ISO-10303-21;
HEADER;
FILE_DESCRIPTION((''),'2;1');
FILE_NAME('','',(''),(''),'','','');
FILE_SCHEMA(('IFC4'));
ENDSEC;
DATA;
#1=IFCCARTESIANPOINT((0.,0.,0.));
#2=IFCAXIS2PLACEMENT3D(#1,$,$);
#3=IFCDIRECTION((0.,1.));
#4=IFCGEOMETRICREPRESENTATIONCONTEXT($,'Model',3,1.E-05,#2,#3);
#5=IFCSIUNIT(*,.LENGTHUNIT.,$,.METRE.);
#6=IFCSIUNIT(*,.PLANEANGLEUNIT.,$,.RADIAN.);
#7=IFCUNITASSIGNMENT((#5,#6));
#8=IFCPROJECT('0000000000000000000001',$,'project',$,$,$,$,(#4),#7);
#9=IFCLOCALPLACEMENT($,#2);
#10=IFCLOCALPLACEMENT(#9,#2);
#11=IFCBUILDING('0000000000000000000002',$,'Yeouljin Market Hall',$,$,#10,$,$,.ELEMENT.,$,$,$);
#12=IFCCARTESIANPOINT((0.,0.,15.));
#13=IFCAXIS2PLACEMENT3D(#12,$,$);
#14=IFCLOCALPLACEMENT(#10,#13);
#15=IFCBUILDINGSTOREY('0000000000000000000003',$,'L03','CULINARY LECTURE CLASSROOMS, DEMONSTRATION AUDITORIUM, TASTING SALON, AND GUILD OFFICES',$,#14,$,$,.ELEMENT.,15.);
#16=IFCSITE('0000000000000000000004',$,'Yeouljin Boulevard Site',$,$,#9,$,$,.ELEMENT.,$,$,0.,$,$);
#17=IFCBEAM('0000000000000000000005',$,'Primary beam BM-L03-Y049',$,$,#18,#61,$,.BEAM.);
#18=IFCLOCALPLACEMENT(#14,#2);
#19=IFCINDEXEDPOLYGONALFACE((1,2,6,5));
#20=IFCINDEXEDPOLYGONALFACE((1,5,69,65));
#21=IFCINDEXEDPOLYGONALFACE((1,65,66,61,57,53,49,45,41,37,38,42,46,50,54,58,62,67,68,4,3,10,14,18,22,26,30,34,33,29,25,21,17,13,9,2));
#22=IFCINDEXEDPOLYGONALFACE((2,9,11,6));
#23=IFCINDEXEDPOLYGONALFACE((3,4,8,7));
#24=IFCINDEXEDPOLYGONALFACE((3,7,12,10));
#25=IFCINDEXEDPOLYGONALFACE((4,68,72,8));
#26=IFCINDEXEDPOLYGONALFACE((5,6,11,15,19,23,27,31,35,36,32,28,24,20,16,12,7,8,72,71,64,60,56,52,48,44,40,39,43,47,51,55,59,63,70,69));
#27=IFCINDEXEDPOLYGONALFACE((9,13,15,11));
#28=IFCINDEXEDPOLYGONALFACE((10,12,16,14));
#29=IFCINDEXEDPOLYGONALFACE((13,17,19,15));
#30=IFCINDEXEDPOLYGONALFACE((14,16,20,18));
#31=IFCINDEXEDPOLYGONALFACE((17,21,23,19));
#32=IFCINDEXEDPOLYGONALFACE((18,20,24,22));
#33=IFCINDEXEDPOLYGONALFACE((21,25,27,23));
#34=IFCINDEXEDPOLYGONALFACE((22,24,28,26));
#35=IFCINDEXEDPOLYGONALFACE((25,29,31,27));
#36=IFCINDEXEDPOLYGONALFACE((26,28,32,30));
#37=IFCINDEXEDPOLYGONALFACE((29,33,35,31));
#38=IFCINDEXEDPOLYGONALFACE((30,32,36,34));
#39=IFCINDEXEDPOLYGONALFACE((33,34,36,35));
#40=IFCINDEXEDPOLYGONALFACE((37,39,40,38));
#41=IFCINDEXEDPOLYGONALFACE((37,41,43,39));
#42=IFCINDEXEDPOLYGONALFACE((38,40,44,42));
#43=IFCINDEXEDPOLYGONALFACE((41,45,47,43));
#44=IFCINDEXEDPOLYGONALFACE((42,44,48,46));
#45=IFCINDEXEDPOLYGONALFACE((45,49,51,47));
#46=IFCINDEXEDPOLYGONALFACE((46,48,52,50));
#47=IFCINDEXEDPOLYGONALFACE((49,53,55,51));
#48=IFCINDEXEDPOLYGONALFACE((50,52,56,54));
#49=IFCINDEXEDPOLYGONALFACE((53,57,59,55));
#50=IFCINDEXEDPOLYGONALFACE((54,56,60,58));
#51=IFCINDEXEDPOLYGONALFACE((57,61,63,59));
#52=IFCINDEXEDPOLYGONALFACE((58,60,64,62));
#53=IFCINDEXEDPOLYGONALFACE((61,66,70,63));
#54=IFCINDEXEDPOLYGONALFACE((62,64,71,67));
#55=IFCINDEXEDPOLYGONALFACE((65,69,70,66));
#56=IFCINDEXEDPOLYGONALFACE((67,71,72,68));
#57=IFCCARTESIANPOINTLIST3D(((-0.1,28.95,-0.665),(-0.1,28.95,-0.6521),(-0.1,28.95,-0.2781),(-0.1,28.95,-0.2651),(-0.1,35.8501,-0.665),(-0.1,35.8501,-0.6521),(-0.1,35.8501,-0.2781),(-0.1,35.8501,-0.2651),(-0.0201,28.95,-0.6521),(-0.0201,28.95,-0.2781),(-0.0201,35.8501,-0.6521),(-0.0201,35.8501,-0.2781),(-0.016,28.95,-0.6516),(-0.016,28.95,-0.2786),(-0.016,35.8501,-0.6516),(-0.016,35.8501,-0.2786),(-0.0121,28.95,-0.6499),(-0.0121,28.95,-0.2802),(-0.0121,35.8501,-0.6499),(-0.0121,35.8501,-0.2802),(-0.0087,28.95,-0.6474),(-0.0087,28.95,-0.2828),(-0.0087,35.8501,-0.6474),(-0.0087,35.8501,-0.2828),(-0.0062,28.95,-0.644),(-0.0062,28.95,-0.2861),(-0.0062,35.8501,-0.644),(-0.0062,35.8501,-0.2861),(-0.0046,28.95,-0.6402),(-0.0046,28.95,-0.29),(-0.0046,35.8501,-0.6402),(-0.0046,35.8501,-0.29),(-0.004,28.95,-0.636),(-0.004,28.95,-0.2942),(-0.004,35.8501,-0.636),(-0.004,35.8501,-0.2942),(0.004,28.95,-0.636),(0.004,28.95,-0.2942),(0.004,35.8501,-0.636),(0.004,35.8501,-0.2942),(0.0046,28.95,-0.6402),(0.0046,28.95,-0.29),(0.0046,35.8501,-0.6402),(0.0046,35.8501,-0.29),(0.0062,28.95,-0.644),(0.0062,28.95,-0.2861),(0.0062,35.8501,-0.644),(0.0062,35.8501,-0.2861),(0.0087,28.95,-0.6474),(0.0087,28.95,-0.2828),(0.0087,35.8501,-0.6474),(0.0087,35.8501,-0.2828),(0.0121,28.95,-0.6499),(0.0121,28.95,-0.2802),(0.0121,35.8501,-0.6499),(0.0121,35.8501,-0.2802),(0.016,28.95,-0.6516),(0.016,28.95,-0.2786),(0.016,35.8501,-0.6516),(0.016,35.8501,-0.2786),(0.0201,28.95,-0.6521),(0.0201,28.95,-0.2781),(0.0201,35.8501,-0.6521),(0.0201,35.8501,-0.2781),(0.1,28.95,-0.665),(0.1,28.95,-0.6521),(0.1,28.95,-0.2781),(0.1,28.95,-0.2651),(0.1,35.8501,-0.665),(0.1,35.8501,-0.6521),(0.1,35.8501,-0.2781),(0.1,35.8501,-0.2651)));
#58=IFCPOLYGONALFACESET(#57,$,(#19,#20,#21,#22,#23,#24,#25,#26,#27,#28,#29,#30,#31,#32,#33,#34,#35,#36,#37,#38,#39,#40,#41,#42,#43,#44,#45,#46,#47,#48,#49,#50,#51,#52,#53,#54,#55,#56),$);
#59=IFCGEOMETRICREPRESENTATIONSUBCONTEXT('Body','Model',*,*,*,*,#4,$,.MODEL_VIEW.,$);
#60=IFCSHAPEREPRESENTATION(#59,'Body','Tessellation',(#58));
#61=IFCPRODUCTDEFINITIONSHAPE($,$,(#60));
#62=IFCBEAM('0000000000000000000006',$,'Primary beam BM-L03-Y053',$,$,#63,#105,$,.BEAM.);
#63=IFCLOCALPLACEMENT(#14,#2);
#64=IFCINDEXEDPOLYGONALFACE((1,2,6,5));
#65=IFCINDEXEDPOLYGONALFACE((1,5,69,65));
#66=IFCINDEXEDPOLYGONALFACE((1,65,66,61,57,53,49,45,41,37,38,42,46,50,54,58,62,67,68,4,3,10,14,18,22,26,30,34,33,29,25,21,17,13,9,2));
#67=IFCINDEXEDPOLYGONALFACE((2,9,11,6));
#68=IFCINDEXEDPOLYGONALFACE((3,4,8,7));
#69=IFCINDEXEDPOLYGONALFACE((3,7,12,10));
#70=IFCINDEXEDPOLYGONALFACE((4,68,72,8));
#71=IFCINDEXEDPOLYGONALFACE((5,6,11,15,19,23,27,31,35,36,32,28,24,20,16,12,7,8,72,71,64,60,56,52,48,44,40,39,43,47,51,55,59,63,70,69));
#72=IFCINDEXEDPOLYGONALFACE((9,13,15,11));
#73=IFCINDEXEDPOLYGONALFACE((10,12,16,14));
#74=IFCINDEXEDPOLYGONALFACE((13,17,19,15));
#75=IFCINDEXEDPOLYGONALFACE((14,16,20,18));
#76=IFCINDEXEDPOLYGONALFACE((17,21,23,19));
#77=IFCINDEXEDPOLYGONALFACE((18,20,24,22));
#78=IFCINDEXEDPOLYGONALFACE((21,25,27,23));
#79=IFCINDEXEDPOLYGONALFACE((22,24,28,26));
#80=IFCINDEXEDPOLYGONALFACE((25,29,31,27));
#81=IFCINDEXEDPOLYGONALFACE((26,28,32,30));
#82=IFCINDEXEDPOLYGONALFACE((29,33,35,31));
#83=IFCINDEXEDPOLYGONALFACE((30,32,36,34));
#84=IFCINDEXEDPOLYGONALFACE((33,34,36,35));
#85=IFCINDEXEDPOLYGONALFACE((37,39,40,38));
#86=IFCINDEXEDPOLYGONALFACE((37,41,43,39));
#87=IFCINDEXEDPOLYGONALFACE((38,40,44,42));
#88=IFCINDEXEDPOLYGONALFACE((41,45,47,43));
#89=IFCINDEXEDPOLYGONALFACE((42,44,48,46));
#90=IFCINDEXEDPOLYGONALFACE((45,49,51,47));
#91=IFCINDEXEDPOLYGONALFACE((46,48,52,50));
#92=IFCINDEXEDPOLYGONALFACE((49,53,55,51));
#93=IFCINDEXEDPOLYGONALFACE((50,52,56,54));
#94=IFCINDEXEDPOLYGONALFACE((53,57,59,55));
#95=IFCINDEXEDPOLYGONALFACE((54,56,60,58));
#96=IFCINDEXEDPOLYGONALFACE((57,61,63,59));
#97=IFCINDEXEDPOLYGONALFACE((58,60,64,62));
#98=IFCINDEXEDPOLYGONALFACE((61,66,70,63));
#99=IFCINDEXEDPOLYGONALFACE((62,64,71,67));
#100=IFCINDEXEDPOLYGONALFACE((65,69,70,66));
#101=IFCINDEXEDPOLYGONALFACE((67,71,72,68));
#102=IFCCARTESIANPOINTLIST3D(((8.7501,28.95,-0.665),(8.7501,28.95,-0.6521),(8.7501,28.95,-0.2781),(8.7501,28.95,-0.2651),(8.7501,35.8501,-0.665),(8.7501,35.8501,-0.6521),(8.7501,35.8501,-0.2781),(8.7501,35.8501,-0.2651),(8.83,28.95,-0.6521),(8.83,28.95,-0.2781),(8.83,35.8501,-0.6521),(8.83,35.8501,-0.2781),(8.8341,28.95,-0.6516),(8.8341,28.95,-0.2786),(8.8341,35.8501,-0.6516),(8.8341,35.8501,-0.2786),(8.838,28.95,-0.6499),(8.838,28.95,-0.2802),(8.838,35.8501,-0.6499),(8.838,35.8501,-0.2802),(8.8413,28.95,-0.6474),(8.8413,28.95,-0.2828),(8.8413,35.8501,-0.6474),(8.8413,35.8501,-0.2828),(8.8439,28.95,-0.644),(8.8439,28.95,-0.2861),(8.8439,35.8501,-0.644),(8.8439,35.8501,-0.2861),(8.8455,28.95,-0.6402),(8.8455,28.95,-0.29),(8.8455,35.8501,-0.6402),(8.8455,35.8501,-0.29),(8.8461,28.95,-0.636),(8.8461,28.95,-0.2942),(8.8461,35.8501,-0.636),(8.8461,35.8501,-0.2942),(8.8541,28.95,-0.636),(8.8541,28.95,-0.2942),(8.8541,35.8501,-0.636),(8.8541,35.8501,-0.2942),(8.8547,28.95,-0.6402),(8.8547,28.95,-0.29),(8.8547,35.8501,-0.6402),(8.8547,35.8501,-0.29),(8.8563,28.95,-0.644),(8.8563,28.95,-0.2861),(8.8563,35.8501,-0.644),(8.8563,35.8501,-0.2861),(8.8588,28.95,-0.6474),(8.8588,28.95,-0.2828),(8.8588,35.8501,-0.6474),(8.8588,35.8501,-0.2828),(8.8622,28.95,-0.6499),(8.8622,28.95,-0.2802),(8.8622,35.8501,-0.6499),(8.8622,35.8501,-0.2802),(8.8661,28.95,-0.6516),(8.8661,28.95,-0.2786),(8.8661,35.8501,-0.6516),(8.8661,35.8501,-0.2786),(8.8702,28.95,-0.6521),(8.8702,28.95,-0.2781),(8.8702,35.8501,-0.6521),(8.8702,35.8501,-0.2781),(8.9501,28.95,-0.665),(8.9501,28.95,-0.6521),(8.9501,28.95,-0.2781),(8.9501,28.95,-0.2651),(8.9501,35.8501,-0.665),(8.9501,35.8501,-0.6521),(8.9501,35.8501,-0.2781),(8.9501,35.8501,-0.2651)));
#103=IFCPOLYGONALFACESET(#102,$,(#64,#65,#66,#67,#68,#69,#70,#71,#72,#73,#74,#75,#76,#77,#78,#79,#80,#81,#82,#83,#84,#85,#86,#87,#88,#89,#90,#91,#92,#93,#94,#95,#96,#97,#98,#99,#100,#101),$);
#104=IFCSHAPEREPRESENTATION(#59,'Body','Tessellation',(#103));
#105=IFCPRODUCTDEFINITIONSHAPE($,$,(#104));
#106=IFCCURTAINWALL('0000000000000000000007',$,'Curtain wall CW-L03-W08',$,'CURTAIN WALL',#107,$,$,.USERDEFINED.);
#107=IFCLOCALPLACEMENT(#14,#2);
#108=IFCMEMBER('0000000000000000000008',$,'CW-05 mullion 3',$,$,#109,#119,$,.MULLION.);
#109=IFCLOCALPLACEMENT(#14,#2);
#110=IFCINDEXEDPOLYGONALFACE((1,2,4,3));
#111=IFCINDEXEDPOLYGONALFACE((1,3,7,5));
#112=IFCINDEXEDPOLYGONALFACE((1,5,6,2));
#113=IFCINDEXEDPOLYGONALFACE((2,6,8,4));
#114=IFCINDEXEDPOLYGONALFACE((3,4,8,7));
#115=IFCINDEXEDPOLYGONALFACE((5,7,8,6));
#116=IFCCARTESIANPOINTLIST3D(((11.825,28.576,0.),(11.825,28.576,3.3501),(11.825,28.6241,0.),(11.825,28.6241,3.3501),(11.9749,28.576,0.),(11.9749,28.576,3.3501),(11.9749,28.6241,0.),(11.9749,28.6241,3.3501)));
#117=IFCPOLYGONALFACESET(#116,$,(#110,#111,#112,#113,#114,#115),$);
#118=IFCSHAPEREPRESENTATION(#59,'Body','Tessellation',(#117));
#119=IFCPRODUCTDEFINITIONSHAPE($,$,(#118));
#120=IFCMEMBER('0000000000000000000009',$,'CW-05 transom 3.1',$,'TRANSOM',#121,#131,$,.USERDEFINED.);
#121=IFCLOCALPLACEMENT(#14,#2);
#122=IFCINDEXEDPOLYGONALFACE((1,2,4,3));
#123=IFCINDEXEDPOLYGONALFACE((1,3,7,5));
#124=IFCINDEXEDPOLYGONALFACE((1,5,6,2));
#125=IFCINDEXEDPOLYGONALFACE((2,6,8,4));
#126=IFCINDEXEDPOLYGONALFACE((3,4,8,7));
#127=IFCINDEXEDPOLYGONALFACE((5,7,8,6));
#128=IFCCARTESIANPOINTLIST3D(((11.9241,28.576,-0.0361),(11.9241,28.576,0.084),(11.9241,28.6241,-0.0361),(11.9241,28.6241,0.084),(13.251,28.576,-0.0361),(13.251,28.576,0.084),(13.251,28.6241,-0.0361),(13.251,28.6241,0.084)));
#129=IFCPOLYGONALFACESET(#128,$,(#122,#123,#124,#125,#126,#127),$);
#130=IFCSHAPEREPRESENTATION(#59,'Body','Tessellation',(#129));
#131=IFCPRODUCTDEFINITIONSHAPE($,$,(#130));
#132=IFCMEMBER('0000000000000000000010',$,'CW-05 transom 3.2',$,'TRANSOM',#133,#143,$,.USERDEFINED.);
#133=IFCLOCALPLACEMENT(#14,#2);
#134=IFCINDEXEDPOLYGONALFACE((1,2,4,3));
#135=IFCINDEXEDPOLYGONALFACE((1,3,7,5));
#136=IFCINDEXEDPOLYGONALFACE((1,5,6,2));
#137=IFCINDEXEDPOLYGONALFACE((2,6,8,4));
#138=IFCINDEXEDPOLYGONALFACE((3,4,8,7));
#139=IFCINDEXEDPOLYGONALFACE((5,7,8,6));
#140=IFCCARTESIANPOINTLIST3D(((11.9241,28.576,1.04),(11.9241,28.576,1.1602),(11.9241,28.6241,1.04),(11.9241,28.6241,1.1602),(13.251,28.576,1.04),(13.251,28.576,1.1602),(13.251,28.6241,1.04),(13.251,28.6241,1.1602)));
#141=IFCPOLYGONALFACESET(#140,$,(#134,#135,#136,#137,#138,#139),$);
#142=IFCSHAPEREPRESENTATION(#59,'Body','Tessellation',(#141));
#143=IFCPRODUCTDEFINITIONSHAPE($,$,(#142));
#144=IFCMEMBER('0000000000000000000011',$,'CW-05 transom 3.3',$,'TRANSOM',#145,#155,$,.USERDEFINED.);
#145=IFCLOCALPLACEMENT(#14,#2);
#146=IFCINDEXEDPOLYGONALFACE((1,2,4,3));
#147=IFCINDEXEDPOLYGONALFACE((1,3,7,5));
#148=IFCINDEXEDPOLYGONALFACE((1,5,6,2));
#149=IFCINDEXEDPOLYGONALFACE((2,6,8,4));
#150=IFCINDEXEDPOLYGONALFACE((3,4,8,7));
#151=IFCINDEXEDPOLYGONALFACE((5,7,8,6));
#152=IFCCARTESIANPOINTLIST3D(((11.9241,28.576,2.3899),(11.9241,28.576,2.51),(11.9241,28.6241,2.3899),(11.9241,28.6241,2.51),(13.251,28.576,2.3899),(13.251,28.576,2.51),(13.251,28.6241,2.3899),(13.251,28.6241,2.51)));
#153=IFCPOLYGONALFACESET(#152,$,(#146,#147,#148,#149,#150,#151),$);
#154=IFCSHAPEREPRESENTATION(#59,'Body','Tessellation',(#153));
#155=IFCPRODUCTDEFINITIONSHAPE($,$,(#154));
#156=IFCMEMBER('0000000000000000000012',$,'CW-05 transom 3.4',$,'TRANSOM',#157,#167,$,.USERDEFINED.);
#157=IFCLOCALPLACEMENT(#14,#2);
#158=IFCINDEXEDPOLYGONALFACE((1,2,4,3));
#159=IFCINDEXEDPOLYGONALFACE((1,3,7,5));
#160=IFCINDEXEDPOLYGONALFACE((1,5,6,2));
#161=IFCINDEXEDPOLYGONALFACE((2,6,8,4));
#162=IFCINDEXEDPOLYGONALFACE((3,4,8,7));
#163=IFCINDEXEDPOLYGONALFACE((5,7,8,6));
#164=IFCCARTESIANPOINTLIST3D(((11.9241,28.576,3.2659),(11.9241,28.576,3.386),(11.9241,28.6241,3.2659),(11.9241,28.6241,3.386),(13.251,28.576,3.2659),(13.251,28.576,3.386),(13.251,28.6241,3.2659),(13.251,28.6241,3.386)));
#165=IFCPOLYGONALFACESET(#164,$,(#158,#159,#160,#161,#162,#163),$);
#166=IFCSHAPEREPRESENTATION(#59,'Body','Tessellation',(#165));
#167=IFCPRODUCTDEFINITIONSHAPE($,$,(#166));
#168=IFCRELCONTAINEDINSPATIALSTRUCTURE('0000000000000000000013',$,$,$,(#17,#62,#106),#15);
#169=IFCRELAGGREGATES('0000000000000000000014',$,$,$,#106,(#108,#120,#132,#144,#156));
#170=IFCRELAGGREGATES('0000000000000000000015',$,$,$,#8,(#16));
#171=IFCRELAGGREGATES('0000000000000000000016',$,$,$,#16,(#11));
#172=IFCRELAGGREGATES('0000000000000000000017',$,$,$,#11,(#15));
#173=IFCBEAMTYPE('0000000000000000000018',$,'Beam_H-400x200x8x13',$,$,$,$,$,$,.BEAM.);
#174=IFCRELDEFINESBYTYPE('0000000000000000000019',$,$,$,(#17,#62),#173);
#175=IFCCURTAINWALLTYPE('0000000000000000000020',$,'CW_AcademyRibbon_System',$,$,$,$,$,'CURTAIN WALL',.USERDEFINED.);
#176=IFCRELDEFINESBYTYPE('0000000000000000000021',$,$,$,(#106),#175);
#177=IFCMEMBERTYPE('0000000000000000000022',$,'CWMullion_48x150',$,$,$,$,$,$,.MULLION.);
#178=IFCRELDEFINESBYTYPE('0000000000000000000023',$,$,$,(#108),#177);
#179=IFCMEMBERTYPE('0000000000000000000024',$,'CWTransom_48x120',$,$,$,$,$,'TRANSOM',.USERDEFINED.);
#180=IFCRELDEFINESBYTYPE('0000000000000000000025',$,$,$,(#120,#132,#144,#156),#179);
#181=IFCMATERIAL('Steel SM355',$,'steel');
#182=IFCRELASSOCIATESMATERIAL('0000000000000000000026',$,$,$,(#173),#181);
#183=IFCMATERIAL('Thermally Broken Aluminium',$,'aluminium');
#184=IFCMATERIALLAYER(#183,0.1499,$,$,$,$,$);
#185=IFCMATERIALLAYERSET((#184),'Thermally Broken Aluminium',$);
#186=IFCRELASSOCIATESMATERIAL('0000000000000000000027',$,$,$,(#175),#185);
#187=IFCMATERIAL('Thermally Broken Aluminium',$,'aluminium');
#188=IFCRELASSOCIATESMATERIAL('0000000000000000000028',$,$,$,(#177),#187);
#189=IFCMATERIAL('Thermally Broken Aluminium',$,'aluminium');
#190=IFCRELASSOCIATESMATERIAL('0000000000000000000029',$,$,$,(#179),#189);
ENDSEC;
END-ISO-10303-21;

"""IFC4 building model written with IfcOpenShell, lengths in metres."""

from ifc_helpers import new_model, si_unit, direction, frame, origin, origin_2d, place, context, subcontext, project, spatial, rectangle, i_section, extrude, material, layer, layer_set, material_profile, profile_set, type_object, element, aggregate, save


model = new_model("IFC4")

# Units and contexts
model_context = context("Model", 3, precision=1e-05, world=origin(), true_north=direction((0.0, 1.0)))
body_context = subcontext(model_context, "Body", "Model", "MODEL_VIEW")
ifc_project = project(units=[si_unit("LENGTHUNIT", "METRE"), si_unit("PLANEANGLEUNIT", "RADIAN")], contexts=[model_context])

# Site, building, storey
site_placement = place(None, origin())
site = spatial("IfcSite", under=ifc_project, at=site_placement, Name="Yeouljin Boulevard Site", CompositionType="ELEMENT", RefElevation=0.0)
building_placement = place(site_placement, origin())
building = spatial("IfcBuilding", under=site, at=building_placement, Name="Yeouljin Market Hall", CompositionType="ELEMENT")
storey_placement = place(building_placement, frame((0.0, 0.0, 15.0)))
storey = spatial("IfcBuildingStorey", under=building, at=storey_placement, Name="L03", Description="CULINARY LECTURE CLASSROOMS, DEMONSTRATION AUDITORIUM, TASTING SALON, AND GUILD OFFICES", CompositionType="ELEMENT", Elevation=15.0)

# Beams
ifc_material_1 = material(Name="Steel SM355", Category="steel")
ifc_material_profile_1 = material_profile(ifc_material_1, i_section(OverallWidth=0.2, OverallDepth=0.3999, WebThickness=0.0081, FlangeThickness=0.0129, FilletRadius=0.0161, at=origin_2d()), Name="H-400x200x8x13")
ifc_profile_set_1 = profile_set([ifc_material_profile_1], Name="Steel SM355")
beam_type_1 = type_object("IfcBeamType", Name="Beam_H-400x200x8x13", PredefinedType="BEAM", material=ifc_profile_set_1)
for number, where, z_axis, x_axis, name in (
    (1, (0.0, 28.95, -0.4651), (0.0, 1.0, 0.0), (-1.0, 0.0, 0.0), "Primary beam BM-L03-Y049"),
    (2, (8.8501, 28.95, -0.4651), (0.0, 1.0, 0.0), (-1.0, 0.0, 0.0), "Primary beam BM-L03-Y053"),
):
    element("IfcBeam", number, at=place(storey_placement, frame(where, z_axis=z_axis, x_axis=x_axis)), inside=storey, type_object=beam_type_1, Name=name, PredefinedType="BEAM", context=body_context, shape_type="SweptSolid", body=[
        extrude(i_section(OverallWidth=0.2, OverallDepth=0.3999, WebThickness=0.0081, FlangeThickness=0.0129, FilletRadius=0.0161, at=origin_2d()), origin(), (0.0, 0.0, 1.0), 6.9001),
    ])

# Curtain wall, members
ifc_material_2 = material(Name="Thermally Broken Aluminium", Category="aluminium")
ifc_layer_1 = layer(ifc_material_2, 0.1499)
ifc_layer_set_1 = layer_set([ifc_layer_1], Name="Thermally Broken Aluminium")
curtain_wall_type = type_object("IfcCurtainWallType", Name="CW_AcademyRibbon_System", ElementType="CURTAIN WALL", PredefinedType="USERDEFINED", material=ifc_layer_set_1)
curtain_wall_placement = place(storey_placement, origin())
curtain_wall = element("IfcCurtainWall", 3, at=curtain_wall_placement, inside=storey, type_object=curtain_wall_type, Name="Curtain wall CW-L03-W08", ObjectType="CURTAIN WALL", PredefinedType="USERDEFINED")
ifc_material_3 = material(Name="Thermally Broken Aluminium", Category="aluminium")
ifc_material_profile_2 = material_profile(ifc_material_3, rectangle(XDim=0.0481, YDim=0.1499, at=origin_2d()), Name="CW-MULL-48x150")
ifc_profile_set_2 = profile_set([ifc_material_profile_2], Name="Thermally Broken Aluminium")
member_type_1 = type_object("IfcMemberType", Name="CWMullion_48x150", PredefinedType="MULLION", material=ifc_profile_set_2)
member_1_placement = place(storey_placement, frame((11.8999, 28.6001, 0.0), z_axis=(0.0, 0.0, 1.0), x_axis=(0.0, 1.0, 0.0)))
member_1 = element("IfcMember", 4, at=member_1_placement, type_object=member_type_1, Name="CW-05 mullion 3", PredefinedType="MULLION", context=body_context, shape_type="SweptSolid", body=[
    extrude(rectangle(XDim=0.0481, YDim=0.1499, at=origin_2d()), origin(), (0.0, 0.0, 1.0), 3.3501),
])
ifc_material_4 = material(Name="Thermally Broken Aluminium", Category="aluminium")
ifc_material_profile_3 = material_profile(ifc_material_4, rectangle(XDim=0.0481, YDim=0.1201, at=origin_2d()), Name="CW-TRAN-48x120")
ifc_profile_set_3 = profile_set([ifc_material_profile_3], Name="Thermally Broken Aluminium")
member_type_2 = type_object("IfcMemberType", Name="CWTransom_48x120", ElementType="TRANSOM", PredefinedType="USERDEFINED", material=ifc_profile_set_3)
member_2_placement = place(storey_placement, frame((11.9241, 28.6001, 0.0239), z_axis=(1.0, 0.0, 0.0), x_axis=(0.0, 1.0, 0.0)))
member_2 = element("IfcMember", 5, at=member_2_placement, type_object=member_type_2, Name="CW-05 transom 3.1", ObjectType="TRANSOM", PredefinedType="USERDEFINED", context=body_context, shape_type="SweptSolid", body=[
    extrude(rectangle(XDim=0.0481, YDim=0.1201, at=origin_2d()), origin(), (0.0, 0.0, 1.0), 1.3269),
])
member_3_placement = place(storey_placement, frame((11.9241, 28.6001, 1.1001), z_axis=(1.0, 0.0, 0.0), x_axis=(0.0, 1.0, 0.0)))
member_3 = element("IfcMember", 6, at=member_3_placement, type_object=member_type_2, Name="CW-05 transom 3.2", ObjectType="TRANSOM", PredefinedType="USERDEFINED", context=body_context, shape_type="SweptSolid", body=[
    extrude(rectangle(XDim=0.0481, YDim=0.1201, at=origin_2d()), origin(), (0.0, 0.0, 1.0), 1.3269),
])
member_4_placement = place(storey_placement, frame((11.9241, 28.6001, 2.45), z_axis=(1.0, 0.0, 0.0), x_axis=(0.0, 1.0, 0.0)))
member_4 = element("IfcMember", 7, at=member_4_placement, type_object=member_type_2, Name="CW-05 transom 3.3", ObjectType="TRANSOM", PredefinedType="USERDEFINED", context=body_context, shape_type="SweptSolid", body=[
    extrude(rectangle(XDim=0.0481, YDim=0.1201, at=origin_2d()), origin(), (0.0, 0.0, 1.0), 1.3269),
])
member_5_placement = place(storey_placement, frame((11.9241, 28.6001, 3.3259), z_axis=(1.0, 0.0, 0.0), x_axis=(0.0, 1.0, 0.0)))
member_5 = element("IfcMember", 8, at=member_5_placement, type_object=member_type_2, Name="CW-05 transom 3.4", ObjectType="TRANSOM", PredefinedType="USERDEFINED", context=body_context, shape_type="SweptSolid", body=[
    extrude(rectangle(XDim=0.0481, YDim=0.1201, at=origin_2d()), origin(), (0.0, 0.0, 1.0), 1.3269),
])

aggregate(curtain_wall, [member_1, member_2, member_3, member_4, member_5])

save(model, "model.ifc")
